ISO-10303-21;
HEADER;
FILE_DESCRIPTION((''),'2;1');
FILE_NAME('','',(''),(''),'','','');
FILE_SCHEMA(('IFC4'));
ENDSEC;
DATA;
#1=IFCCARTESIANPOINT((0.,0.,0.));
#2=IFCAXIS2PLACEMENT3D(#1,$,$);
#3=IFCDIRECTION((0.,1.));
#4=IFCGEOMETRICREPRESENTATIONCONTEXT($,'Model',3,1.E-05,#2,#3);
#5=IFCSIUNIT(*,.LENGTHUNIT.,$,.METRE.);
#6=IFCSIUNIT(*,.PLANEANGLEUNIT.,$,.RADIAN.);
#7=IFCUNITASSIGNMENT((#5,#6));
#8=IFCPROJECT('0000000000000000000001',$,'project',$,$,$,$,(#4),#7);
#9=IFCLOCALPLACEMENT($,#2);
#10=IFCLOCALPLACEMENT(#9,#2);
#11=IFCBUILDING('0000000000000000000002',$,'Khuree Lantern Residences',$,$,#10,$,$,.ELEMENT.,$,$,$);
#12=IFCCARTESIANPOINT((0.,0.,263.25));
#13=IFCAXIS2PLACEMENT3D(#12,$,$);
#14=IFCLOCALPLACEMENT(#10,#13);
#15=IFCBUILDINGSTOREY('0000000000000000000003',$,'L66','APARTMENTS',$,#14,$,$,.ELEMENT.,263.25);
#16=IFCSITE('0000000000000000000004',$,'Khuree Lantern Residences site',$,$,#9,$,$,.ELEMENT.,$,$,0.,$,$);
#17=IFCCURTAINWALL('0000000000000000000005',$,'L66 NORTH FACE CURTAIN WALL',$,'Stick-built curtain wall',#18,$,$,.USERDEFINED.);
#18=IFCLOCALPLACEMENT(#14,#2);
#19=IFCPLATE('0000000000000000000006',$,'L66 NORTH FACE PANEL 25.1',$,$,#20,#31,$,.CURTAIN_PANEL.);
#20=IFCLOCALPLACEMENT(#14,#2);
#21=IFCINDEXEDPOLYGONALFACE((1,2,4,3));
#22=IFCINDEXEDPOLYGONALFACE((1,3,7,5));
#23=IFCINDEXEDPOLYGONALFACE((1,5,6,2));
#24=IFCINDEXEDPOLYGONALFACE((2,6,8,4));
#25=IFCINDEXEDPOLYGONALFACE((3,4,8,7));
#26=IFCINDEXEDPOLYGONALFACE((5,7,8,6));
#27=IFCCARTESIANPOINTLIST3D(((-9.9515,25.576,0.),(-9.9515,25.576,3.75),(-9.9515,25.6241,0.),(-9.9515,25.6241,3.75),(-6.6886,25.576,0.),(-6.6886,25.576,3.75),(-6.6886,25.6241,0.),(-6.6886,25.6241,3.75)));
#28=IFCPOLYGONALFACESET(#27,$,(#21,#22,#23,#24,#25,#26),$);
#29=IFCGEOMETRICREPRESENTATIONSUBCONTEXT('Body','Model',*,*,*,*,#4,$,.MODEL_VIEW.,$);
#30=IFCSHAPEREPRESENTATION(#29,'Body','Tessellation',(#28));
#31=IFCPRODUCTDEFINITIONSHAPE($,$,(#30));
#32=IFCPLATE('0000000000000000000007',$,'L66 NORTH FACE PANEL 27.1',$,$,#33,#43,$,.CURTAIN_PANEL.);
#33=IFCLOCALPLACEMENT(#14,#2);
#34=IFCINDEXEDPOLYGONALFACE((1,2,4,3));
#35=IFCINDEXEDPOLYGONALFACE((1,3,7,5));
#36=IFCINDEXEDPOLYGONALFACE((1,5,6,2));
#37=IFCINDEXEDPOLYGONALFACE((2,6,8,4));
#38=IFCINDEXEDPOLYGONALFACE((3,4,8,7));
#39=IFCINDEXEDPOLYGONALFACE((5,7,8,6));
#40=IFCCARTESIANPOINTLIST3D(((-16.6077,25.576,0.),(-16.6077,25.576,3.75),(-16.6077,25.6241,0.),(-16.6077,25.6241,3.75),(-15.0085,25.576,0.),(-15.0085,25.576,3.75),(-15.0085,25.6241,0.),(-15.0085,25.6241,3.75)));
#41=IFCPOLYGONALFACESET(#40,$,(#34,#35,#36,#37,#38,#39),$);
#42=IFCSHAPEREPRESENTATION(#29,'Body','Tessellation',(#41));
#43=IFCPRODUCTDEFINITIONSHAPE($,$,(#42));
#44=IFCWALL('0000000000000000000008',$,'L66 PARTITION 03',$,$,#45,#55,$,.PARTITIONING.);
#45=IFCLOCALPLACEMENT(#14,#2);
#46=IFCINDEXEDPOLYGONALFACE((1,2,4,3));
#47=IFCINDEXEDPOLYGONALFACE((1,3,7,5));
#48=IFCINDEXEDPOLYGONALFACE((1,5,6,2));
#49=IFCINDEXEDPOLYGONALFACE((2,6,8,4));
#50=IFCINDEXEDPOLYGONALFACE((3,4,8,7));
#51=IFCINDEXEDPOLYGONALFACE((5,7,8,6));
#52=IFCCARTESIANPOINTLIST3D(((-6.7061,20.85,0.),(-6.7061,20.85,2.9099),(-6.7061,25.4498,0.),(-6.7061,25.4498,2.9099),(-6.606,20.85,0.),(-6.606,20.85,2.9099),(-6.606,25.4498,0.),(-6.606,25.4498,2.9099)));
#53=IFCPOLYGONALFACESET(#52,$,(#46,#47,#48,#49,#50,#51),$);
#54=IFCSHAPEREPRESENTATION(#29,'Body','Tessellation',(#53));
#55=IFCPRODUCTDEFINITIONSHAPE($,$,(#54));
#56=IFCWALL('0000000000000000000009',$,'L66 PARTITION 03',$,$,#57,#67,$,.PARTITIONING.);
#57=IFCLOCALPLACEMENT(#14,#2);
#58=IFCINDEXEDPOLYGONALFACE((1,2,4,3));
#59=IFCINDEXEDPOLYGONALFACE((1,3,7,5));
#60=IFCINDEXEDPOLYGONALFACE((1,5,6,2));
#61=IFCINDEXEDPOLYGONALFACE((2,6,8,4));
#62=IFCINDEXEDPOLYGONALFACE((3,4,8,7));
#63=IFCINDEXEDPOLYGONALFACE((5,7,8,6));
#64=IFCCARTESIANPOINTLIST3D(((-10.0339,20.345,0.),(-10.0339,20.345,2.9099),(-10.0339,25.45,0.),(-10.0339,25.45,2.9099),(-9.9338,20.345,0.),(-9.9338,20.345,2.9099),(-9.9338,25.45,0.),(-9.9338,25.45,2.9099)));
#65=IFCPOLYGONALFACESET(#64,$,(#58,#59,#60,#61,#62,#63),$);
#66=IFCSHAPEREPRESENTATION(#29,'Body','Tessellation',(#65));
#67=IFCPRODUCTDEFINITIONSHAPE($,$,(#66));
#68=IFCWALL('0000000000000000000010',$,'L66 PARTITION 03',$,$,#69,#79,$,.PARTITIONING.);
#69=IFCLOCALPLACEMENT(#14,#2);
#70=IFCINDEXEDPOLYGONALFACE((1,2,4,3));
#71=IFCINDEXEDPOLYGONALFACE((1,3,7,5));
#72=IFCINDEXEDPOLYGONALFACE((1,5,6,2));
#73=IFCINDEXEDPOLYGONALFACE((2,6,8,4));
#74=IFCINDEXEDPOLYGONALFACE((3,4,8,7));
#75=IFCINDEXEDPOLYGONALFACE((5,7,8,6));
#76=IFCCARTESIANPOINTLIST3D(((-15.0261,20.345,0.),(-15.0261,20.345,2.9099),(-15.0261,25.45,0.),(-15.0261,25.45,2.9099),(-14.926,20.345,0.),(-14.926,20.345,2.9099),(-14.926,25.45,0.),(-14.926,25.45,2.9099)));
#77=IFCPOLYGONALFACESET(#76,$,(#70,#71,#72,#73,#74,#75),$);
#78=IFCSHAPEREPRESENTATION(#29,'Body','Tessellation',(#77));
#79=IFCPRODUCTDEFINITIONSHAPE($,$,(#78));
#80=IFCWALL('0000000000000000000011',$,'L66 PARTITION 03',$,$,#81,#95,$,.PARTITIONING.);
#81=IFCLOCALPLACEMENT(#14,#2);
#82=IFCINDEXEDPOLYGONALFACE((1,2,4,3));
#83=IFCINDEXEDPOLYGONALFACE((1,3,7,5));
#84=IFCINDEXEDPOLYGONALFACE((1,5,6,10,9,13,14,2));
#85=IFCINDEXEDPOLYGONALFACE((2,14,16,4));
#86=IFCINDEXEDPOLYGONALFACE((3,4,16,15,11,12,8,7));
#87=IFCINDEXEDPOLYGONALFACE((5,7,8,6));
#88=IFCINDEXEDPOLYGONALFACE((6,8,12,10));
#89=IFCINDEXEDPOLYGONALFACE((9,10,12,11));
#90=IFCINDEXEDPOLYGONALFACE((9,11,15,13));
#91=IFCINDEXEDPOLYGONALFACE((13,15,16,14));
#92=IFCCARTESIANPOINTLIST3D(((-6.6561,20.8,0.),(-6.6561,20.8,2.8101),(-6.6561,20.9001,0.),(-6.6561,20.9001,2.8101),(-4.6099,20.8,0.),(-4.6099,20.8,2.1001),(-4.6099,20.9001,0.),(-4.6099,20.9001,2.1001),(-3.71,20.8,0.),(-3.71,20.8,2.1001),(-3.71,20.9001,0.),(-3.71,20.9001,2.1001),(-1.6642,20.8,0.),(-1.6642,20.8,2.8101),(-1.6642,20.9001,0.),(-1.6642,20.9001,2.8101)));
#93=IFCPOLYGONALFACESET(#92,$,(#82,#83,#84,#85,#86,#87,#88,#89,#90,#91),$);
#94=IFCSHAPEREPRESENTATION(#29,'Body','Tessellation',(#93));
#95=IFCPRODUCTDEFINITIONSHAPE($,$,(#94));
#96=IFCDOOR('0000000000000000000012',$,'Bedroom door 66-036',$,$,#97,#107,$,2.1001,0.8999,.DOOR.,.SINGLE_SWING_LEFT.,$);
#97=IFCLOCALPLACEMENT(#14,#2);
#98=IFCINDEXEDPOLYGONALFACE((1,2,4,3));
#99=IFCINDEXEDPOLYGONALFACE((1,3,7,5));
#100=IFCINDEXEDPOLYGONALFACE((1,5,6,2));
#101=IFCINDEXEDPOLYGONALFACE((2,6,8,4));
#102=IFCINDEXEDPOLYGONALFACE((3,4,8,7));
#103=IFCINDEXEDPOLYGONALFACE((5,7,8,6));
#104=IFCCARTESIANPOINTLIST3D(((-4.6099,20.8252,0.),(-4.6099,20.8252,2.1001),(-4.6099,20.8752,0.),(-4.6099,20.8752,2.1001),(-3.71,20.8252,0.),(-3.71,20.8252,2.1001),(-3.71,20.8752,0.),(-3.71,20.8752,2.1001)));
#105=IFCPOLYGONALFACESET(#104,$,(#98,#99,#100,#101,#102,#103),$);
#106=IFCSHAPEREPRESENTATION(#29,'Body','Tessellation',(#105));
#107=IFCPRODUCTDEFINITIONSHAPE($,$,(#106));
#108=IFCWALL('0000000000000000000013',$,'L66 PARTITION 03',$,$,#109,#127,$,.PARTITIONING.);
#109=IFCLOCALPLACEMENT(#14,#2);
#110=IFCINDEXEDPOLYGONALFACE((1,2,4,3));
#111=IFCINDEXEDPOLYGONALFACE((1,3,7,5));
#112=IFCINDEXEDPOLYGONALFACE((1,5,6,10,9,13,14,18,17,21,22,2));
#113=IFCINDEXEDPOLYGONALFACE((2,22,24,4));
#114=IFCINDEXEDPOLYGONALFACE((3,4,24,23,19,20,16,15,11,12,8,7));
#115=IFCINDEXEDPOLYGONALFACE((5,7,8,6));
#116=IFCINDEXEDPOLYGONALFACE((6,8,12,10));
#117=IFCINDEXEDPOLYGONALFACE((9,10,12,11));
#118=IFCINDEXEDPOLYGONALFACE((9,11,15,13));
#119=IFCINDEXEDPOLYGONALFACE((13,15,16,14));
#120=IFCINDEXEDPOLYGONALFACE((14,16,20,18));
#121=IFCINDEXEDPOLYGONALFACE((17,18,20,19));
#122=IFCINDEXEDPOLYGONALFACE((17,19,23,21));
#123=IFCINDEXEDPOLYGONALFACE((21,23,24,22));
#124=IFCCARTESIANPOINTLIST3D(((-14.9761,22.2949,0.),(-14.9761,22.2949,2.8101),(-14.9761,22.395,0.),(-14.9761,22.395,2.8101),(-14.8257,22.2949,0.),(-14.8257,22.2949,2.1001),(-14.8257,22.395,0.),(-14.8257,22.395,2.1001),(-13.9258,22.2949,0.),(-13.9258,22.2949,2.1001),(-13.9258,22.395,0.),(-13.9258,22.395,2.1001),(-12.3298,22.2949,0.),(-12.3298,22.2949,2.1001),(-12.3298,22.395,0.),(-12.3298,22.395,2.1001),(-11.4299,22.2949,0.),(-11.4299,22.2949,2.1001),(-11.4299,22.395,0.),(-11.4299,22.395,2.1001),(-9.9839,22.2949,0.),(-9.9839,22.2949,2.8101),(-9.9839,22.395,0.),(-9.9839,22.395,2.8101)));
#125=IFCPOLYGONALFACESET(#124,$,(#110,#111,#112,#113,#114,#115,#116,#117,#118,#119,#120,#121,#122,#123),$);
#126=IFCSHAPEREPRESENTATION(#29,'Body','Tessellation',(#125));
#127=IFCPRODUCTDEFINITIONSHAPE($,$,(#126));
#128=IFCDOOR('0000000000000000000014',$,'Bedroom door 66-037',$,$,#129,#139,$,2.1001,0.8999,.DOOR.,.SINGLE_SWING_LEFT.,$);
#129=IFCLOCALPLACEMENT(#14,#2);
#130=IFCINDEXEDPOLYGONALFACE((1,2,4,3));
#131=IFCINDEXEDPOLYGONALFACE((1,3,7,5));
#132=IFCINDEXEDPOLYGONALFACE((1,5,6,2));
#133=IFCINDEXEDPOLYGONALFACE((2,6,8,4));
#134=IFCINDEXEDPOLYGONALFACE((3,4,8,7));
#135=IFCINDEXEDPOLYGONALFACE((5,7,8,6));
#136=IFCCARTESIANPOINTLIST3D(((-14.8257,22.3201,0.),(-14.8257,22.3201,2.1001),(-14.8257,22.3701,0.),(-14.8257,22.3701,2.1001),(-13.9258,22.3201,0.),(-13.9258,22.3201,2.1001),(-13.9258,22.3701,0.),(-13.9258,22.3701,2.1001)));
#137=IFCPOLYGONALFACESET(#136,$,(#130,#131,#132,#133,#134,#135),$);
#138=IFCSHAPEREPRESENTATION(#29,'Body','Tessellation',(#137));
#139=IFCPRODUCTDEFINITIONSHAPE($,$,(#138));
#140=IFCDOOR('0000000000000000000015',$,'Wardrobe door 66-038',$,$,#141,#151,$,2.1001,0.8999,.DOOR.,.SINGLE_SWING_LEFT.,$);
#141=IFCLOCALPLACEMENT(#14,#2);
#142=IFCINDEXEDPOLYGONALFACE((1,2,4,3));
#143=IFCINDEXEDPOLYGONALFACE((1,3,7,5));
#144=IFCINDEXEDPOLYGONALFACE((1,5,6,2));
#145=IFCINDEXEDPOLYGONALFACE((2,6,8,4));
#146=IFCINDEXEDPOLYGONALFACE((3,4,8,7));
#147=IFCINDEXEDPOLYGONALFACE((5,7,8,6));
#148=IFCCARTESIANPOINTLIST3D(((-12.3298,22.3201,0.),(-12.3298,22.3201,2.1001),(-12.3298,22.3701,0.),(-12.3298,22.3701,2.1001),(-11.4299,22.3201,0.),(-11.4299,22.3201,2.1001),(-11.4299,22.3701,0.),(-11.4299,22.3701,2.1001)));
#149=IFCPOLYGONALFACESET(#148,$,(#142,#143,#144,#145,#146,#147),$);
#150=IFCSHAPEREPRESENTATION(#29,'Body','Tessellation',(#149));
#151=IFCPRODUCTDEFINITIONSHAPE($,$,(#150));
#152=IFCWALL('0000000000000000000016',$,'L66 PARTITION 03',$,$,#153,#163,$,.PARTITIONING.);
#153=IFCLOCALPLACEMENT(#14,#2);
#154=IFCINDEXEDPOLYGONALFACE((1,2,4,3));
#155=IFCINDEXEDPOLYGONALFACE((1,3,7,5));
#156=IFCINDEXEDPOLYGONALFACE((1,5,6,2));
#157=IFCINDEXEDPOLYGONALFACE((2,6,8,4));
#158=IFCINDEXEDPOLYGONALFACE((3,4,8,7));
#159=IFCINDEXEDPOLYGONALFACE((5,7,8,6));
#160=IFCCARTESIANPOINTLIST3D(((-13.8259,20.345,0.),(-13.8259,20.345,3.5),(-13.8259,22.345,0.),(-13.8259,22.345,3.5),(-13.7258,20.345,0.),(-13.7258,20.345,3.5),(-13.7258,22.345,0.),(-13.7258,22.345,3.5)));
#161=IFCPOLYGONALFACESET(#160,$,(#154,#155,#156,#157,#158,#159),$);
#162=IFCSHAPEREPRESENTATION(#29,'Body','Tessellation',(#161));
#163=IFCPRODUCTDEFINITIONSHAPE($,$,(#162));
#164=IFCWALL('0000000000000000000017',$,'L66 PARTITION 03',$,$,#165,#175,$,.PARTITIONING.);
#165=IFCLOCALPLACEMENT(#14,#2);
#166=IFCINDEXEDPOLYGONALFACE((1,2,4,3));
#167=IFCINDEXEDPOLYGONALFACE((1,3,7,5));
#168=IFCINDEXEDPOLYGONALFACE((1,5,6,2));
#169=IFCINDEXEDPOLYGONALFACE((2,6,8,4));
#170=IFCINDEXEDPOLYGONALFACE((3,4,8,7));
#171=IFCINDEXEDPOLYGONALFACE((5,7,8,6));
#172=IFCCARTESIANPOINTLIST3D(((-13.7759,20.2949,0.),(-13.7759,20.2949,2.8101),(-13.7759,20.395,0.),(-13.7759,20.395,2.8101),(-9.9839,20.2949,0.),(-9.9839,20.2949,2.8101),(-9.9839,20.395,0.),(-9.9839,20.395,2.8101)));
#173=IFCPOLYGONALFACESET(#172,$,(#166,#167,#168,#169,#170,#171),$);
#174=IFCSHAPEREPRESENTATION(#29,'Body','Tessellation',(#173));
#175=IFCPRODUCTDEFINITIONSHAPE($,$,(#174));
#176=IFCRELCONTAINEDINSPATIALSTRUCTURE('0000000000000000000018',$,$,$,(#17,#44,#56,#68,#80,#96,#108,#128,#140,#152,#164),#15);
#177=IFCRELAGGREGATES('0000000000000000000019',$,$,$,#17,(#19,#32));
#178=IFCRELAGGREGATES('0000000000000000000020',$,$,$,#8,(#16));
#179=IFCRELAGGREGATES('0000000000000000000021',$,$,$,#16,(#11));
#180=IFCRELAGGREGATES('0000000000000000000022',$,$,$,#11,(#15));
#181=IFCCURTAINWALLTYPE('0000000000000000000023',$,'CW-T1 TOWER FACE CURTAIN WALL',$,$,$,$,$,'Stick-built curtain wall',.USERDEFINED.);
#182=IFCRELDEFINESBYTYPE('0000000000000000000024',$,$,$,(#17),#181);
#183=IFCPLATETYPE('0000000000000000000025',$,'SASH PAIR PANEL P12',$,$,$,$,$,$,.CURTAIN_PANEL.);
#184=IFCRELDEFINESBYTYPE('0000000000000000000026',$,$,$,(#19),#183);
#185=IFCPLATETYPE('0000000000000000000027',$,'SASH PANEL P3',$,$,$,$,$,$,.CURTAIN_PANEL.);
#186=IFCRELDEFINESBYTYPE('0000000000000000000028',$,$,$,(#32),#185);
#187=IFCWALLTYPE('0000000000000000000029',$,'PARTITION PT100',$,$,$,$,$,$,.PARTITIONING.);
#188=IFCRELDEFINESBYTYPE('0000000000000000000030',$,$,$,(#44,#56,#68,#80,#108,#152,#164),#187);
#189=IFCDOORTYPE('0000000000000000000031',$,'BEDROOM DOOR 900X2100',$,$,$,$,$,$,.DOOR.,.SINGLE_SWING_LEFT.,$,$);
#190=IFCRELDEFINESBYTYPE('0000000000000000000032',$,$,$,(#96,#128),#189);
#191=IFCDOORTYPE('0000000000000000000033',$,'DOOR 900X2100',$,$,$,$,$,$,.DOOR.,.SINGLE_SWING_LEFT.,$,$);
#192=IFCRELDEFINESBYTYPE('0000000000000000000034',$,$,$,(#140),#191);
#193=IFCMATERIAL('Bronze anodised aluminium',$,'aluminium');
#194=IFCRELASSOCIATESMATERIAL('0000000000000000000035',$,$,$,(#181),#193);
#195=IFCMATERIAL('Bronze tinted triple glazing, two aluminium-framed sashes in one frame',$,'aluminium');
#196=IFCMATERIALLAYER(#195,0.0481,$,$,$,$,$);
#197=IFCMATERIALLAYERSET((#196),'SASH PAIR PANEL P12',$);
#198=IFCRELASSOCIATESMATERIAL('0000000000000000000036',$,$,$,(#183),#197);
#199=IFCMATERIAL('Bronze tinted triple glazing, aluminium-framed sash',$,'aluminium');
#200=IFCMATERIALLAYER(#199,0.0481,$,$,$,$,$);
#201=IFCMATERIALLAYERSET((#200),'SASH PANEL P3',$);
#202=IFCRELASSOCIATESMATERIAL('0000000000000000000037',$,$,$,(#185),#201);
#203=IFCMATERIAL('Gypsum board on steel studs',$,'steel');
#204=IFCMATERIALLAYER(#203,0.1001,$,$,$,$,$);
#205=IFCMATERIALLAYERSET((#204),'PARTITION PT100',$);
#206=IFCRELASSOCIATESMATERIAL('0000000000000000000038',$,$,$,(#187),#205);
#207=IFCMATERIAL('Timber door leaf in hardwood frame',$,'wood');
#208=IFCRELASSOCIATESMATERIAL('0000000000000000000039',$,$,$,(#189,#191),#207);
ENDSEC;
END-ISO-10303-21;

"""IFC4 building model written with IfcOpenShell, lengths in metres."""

from ifc_helpers import new_model, si_unit, direction, frame, frame_2d, origin, origin_2d, place, context, subcontext, project, spatial, rectangle, extrude, material, layer, layer_set, type_object, element, fill, aggregate, save


model = new_model("IFC4")

# Units and contexts
model_context = context("Model", 3, precision=1e-05, world=origin(), true_north=direction((0.0, 1.0)))
body_context = subcontext(model_context, "Body", "Model", "MODEL_VIEW")
ifc_project = project(units=[si_unit("LENGTHUNIT", "METRE"), si_unit("PLANEANGLEUNIT", "RADIAN")], contexts=[model_context])

# Site, building, storey
site_placement = place(None, origin())
site = spatial("IfcSite", under=ifc_project, at=site_placement, Name="Khuree Lantern Residences site", CompositionType="ELEMENT", RefElevation=0.0)
building_placement = place(site_placement, origin())
building = spatial("IfcBuilding", under=site, at=building_placement, Name="Khuree Lantern Residences", CompositionType="ELEMENT")
storey_placement = place(building_placement, frame((0.0, 0.0, 263.25)))
storey = spatial("IfcBuildingStorey", under=building, at=storey_placement, Name="L66", Description="APARTMENTS", CompositionType="ELEMENT", Elevation=263.25)

# Curtain wall
ifc_material_1 = material(Name="Bronze anodised aluminium", Category="aluminium")
curtain_wall_type = type_object("IfcCurtainWallType", Name="CW-T1 TOWER FACE CURTAIN WALL", ElementType="Stick-built curtain wall", PredefinedType="USERDEFINED", material=ifc_material_1)
curtain_wall_placement = place(storey_placement, origin())
curtain_wall = element("IfcCurtainWall", 1, at=curtain_wall_placement, inside=storey, type_object=curtain_wall_type, Name="L66 NORTH FACE CURTAIN WALL", ObjectType="Stick-built curtain wall", PredefinedType="USERDEFINED")

# Plates
ifc_material_2 = material(Name="Bronze tinted triple glazing, two aluminium-framed sashes in one frame", Category="aluminium")
ifc_layer_1 = layer(ifc_material_2, 0.0481)
ifc_layer_set_1 = layer_set([ifc_layer_1], Name="SASH PAIR PANEL P12")
plate_type_1 = type_object("IfcPlateType", Name="SASH PAIR PANEL P12", PredefinedType="CURTAIN_PANEL", material=ifc_layer_set_1)
plate_1_placement = place(storey_placement, frame((-8.3201, 25.6001, 0.0), z_axis=(0.0, 0.0, 1.0), x_axis=(-1.0, 0.0, 0.0)))
plate_1 = element("IfcPlate", 2, at=plate_1_placement, type_object=plate_type_1, Name="L66 NORTH FACE PANEL 25.1", PredefinedType="CURTAIN_PANEL", context=body_context, shape_type="SweptSolid", body=[
    extrude(rectangle(XDim=3.2629, YDim=0.0481, at=origin_2d()), origin(), (0.0, 0.0, 1.0), 3.75),
])
ifc_material_3 = material(Name="Bronze tinted triple glazing, aluminium-framed sash", Category="aluminium")
ifc_layer_2 = layer(ifc_material_3, 0.0481)
ifc_layer_set_2 = layer_set([ifc_layer_2], Name="SASH PANEL P3")
plate_type_2 = type_object("IfcPlateType", Name="SASH PANEL P3", PredefinedType="CURTAIN_PANEL", material=ifc_layer_set_2)
plate_2_placement = place(storey_placement, frame((-15.8081, 25.6001, 0.0), z_axis=(0.0, 0.0, 1.0), x_axis=(-1.0, 0.0, 0.0)))
plate_2 = element("IfcPlate", 3, at=plate_2_placement, type_object=plate_type_2, Name="L66 NORTH FACE PANEL 27.1", PredefinedType="CURTAIN_PANEL", context=body_context, shape_type="SweptSolid", body=[
    extrude(rectangle(XDim=1.5991, YDim=0.0481, at=origin_2d()), origin(), (0.0, 0.0, 1.0), 3.75),
])
aggregate(curtain_wall, [plate_1, plate_2])

# Walls
ifc_material_4 = material(Name="Gypsum board on steel studs", Category="steel")
ifc_layer_3 = layer(ifc_material_4, 0.1001)
ifc_layer_set_3 = layer_set([ifc_layer_3], Name="PARTITION PT100")
wall_type = type_object("IfcWallType", Name="PARTITION PT100", PredefinedType="PARTITIONING", material=ifc_layer_set_3)
wall_1_placement = place(storey_placement, frame((-6.656, 20.8501, 0.0), z_axis=(0.0, 0.0, 1.0), x_axis=(0.0, 1.0, 0.0)))
element("IfcWall", 4, at=wall_1_placement, inside=storey, type_object=wall_type, Name="L66 PARTITION 03", PredefinedType="PARTITIONING", context=body_context, shape_type="SweptSolid", body=[
    extrude(rectangle(XDim=4.5999, YDim=0.1001, at=frame_2d((2.2998, 0.0))), origin(), (0.0, 0.0, 1.0), 2.9099),
])
for number, where, z_axis, x_axis, name in (
    (5, (-9.9839, 20.345, 0.0), (0.0, 0.0, 1.0), (0.0, 1.0, 0.0), "L66 PARTITION 03"),
    (6, (-14.9761, 20.345, 0.0), (0.0, 0.0, 1.0), (0.0, 1.0, 0.0), "L66 PARTITION 03"),
):
    element("IfcWall", number, at=place(storey_placement, frame(where, z_axis=z_axis, x_axis=x_axis)), inside=storey, type_object=wall_type, Name=name, PredefinedType="PARTITIONING", context=body_context, shape_type="SweptSolid", body=[
        extrude(rectangle(XDim=5.105, YDim=0.1001, at=frame_2d((2.5525, 0.0))), origin(), (0.0, 0.0, 1.0), 2.9099),
    ])

# Wall, opening, door
wall_2_placement = place(storey_placement, frame((-1.6641, 20.8501, 0.0), z_axis=(0.0, 0.0, 1.0), x_axis=(-1.0, 0.0, 0.0)))
wall_2 = element("IfcWall", 7, at=wall_2_placement, inside=storey, type_object=wall_type, Name="L66 PARTITION 03", PredefinedType="PARTITIONING", context=body_context, shape_type="SweptSolid", body=[
    extrude(rectangle(XDim=4.9919, YDim=0.1001, at=frame_2d((2.4961, 0.0))), origin(), (0.0, 0.0, 1.0), 2.8101),
])
opening_1_placement = place(wall_2_placement, frame((2.0459, 0.0, 0.0)))
opening_1 = element("IfcOpeningElement", 8, at=opening_1_placement, cuts=wall_2, PredefinedType="OPENING", context=body_context, shape_type="SweptSolid", body=[
    extrude(rectangle(XDim=0.8999, YDim=2.1001, at=frame_2d((0.45, 1.05))), frame((0.0, 0.0601, 0.0), z_axis=(0.0, -1.0, 0.0), x_axis=(1.0, 0.0, 0.0)), (0.0, 0.0, 1.0), 0.1201),
])
ifc_material_5 = material(Name="Timber door leaf in hardwood frame", Category="wood")
door_type_1 = type_object("IfcDoorType", Name="BEDROOM DOOR 900X2100", OperationType="SINGLE_SWING_LEFT", PredefinedType="DOOR", material=ifc_material_5)
door_1_placement = place(opening_1_placement, origin())
door_1 = element("IfcDoor", 9, at=door_1_placement, inside=storey, type_object=door_type_1, Name="Bedroom door 66-036", OperationType="SINGLE_SWING_LEFT", OverallHeight=2.1001, OverallWidth=0.8999, PredefinedType="DOOR", context=body_context, shape_type="SweptSolid", body=[
    extrude(rectangle(XDim=0.8999, YDim=2.1001, at=frame_2d((0.45, 1.05))), frame((0.0, 0.0249, 0.0), z_axis=(0.0, -1.0, 0.0), x_axis=(1.0, 0.0, 0.0)), (0.0, 0.0, 1.0), 0.05),
])
fill(opening_1, door_1)

# Wall, openings, doors
wall_3_placement = place(storey_placement, frame((-9.9839, 22.345, 0.0), z_axis=(0.0, 0.0, 1.0), x_axis=(-1.0, 0.0, 0.0)))
wall_3 = element("IfcWall", 10, at=wall_3_placement, inside=storey, type_object=wall_type, Name="L66 PARTITION 03", PredefinedType="PARTITIONING", context=body_context, shape_type="SweptSolid", body=[
    extrude(rectangle(XDim=4.9922, YDim=0.1001, at=frame_2d((2.4961, 0.0))), origin(), (0.0, 0.0, 1.0), 2.8101),
])
opening_2_placement = place(wall_3_placement, frame((3.9419, 0.0, 0.0)))
opening_2 = element("IfcOpeningElement", 11, at=opening_2_placement, cuts=wall_3, PredefinedType="OPENING", context=body_context, shape_type="SweptSolid", body=[
    extrude(rectangle(XDim=0.8999, YDim=2.1001, at=frame_2d((0.45, 1.05))), frame((0.0, 0.0601, 0.0), z_axis=(0.0, -1.0, 0.0), x_axis=(1.0, 0.0, 0.0)), (0.0, 0.0, 1.0), 0.1201),
])
opening_3_placement = place(wall_3_placement, frame((1.446, 0.0, 0.0)))
opening_3 = element("IfcOpeningElement", 12, at=opening_3_placement, cuts=wall_3, PredefinedType="OPENING", context=body_context, shape_type="SweptSolid", body=[
    extrude(rectangle(XDim=0.8999, YDim=2.1001, at=frame_2d((0.45, 1.05))), frame((0.0, 0.0601, 0.0), z_axis=(0.0, -1.0, 0.0), x_axis=(1.0, 0.0, 0.0)), (0.0, 0.0, 1.0), 0.1201),
])
door_2_placement = place(opening_2_placement, origin())
door_2 = element("IfcDoor", 13, at=door_2_placement, inside=storey, type_object=door_type_1, Name="Bedroom door 66-037", OperationType="SINGLE_SWING_LEFT", OverallHeight=2.1001, OverallWidth=0.8999, PredefinedType="DOOR", context=body_context, shape_type="SweptSolid", body=[
    extrude(rectangle(XDim=0.8999, YDim=2.1001, at=frame_2d((0.45, 1.05))), frame((0.0, 0.0249, 0.0), z_axis=(0.0, -1.0, 0.0), x_axis=(1.0, 0.0, 0.0)), (0.0, 0.0, 1.0), 0.05),
])
fill(opening_2, door_2)
door_type_2 = type_object("IfcDoorType", Name="DOOR 900X2100", OperationType="SINGLE_SWING_LEFT", PredefinedType="DOOR", material=ifc_material_5)
door_3_placement = place(opening_3_placement, origin())
door_3 = element("IfcDoor", 14, at=door_3_placement, inside=storey, type_object=door_type_2, Name="Wardrobe door 66-038", OperationType="SINGLE_SWING_LEFT", OverallHeight=2.1001, OverallWidth=0.8999, PredefinedType="DOOR", context=body_context, shape_type="SweptSolid", body=[
    extrude(rectangle(XDim=0.8999, YDim=2.1001, at=frame_2d((0.45, 1.05))), frame((0.0, 0.0249, 0.0), z_axis=(0.0, -1.0, 0.0), x_axis=(1.0, 0.0, 0.0)), (0.0, 0.0, 1.0), 0.05),
])
fill(opening_3, door_3)

# Walls
wall_4_placement = place(storey_placement, frame((-13.7759, 20.345, 0.0), z_axis=(0.0, 0.0, 1.0), x_axis=(0.0, 1.0, 0.0)))
element("IfcWall", 15, at=wall_4_placement, inside=storey, type_object=wall_type, Name="L66 PARTITION 03", PredefinedType="PARTITIONING", context=body_context, shape_type="SweptSolid", body=[
    extrude(rectangle(XDim=2.0, YDim=0.1001, at=frame_2d((1.0, 0.0))), origin(), (0.0, 0.0, 1.0), 3.5),
])
wall_5_placement = place(storey_placement, frame((-9.9839, 20.345, 0.0), z_axis=(0.0, 0.0, 1.0), x_axis=(-1.0, 0.0, 0.0)))
element("IfcWall", 16, at=wall_5_placement, inside=storey, type_object=wall_type, Name="L66 PARTITION 03", PredefinedType="PARTITIONING", context=body_context, shape_type="SweptSolid", body=[
    extrude(rectangle(XDim=3.792, YDim=0.1001, at=frame_2d((1.896, 0.0))), origin(), (0.0, 0.0, 1.0), 2.8101),
])

save(model, "model.ifc")
